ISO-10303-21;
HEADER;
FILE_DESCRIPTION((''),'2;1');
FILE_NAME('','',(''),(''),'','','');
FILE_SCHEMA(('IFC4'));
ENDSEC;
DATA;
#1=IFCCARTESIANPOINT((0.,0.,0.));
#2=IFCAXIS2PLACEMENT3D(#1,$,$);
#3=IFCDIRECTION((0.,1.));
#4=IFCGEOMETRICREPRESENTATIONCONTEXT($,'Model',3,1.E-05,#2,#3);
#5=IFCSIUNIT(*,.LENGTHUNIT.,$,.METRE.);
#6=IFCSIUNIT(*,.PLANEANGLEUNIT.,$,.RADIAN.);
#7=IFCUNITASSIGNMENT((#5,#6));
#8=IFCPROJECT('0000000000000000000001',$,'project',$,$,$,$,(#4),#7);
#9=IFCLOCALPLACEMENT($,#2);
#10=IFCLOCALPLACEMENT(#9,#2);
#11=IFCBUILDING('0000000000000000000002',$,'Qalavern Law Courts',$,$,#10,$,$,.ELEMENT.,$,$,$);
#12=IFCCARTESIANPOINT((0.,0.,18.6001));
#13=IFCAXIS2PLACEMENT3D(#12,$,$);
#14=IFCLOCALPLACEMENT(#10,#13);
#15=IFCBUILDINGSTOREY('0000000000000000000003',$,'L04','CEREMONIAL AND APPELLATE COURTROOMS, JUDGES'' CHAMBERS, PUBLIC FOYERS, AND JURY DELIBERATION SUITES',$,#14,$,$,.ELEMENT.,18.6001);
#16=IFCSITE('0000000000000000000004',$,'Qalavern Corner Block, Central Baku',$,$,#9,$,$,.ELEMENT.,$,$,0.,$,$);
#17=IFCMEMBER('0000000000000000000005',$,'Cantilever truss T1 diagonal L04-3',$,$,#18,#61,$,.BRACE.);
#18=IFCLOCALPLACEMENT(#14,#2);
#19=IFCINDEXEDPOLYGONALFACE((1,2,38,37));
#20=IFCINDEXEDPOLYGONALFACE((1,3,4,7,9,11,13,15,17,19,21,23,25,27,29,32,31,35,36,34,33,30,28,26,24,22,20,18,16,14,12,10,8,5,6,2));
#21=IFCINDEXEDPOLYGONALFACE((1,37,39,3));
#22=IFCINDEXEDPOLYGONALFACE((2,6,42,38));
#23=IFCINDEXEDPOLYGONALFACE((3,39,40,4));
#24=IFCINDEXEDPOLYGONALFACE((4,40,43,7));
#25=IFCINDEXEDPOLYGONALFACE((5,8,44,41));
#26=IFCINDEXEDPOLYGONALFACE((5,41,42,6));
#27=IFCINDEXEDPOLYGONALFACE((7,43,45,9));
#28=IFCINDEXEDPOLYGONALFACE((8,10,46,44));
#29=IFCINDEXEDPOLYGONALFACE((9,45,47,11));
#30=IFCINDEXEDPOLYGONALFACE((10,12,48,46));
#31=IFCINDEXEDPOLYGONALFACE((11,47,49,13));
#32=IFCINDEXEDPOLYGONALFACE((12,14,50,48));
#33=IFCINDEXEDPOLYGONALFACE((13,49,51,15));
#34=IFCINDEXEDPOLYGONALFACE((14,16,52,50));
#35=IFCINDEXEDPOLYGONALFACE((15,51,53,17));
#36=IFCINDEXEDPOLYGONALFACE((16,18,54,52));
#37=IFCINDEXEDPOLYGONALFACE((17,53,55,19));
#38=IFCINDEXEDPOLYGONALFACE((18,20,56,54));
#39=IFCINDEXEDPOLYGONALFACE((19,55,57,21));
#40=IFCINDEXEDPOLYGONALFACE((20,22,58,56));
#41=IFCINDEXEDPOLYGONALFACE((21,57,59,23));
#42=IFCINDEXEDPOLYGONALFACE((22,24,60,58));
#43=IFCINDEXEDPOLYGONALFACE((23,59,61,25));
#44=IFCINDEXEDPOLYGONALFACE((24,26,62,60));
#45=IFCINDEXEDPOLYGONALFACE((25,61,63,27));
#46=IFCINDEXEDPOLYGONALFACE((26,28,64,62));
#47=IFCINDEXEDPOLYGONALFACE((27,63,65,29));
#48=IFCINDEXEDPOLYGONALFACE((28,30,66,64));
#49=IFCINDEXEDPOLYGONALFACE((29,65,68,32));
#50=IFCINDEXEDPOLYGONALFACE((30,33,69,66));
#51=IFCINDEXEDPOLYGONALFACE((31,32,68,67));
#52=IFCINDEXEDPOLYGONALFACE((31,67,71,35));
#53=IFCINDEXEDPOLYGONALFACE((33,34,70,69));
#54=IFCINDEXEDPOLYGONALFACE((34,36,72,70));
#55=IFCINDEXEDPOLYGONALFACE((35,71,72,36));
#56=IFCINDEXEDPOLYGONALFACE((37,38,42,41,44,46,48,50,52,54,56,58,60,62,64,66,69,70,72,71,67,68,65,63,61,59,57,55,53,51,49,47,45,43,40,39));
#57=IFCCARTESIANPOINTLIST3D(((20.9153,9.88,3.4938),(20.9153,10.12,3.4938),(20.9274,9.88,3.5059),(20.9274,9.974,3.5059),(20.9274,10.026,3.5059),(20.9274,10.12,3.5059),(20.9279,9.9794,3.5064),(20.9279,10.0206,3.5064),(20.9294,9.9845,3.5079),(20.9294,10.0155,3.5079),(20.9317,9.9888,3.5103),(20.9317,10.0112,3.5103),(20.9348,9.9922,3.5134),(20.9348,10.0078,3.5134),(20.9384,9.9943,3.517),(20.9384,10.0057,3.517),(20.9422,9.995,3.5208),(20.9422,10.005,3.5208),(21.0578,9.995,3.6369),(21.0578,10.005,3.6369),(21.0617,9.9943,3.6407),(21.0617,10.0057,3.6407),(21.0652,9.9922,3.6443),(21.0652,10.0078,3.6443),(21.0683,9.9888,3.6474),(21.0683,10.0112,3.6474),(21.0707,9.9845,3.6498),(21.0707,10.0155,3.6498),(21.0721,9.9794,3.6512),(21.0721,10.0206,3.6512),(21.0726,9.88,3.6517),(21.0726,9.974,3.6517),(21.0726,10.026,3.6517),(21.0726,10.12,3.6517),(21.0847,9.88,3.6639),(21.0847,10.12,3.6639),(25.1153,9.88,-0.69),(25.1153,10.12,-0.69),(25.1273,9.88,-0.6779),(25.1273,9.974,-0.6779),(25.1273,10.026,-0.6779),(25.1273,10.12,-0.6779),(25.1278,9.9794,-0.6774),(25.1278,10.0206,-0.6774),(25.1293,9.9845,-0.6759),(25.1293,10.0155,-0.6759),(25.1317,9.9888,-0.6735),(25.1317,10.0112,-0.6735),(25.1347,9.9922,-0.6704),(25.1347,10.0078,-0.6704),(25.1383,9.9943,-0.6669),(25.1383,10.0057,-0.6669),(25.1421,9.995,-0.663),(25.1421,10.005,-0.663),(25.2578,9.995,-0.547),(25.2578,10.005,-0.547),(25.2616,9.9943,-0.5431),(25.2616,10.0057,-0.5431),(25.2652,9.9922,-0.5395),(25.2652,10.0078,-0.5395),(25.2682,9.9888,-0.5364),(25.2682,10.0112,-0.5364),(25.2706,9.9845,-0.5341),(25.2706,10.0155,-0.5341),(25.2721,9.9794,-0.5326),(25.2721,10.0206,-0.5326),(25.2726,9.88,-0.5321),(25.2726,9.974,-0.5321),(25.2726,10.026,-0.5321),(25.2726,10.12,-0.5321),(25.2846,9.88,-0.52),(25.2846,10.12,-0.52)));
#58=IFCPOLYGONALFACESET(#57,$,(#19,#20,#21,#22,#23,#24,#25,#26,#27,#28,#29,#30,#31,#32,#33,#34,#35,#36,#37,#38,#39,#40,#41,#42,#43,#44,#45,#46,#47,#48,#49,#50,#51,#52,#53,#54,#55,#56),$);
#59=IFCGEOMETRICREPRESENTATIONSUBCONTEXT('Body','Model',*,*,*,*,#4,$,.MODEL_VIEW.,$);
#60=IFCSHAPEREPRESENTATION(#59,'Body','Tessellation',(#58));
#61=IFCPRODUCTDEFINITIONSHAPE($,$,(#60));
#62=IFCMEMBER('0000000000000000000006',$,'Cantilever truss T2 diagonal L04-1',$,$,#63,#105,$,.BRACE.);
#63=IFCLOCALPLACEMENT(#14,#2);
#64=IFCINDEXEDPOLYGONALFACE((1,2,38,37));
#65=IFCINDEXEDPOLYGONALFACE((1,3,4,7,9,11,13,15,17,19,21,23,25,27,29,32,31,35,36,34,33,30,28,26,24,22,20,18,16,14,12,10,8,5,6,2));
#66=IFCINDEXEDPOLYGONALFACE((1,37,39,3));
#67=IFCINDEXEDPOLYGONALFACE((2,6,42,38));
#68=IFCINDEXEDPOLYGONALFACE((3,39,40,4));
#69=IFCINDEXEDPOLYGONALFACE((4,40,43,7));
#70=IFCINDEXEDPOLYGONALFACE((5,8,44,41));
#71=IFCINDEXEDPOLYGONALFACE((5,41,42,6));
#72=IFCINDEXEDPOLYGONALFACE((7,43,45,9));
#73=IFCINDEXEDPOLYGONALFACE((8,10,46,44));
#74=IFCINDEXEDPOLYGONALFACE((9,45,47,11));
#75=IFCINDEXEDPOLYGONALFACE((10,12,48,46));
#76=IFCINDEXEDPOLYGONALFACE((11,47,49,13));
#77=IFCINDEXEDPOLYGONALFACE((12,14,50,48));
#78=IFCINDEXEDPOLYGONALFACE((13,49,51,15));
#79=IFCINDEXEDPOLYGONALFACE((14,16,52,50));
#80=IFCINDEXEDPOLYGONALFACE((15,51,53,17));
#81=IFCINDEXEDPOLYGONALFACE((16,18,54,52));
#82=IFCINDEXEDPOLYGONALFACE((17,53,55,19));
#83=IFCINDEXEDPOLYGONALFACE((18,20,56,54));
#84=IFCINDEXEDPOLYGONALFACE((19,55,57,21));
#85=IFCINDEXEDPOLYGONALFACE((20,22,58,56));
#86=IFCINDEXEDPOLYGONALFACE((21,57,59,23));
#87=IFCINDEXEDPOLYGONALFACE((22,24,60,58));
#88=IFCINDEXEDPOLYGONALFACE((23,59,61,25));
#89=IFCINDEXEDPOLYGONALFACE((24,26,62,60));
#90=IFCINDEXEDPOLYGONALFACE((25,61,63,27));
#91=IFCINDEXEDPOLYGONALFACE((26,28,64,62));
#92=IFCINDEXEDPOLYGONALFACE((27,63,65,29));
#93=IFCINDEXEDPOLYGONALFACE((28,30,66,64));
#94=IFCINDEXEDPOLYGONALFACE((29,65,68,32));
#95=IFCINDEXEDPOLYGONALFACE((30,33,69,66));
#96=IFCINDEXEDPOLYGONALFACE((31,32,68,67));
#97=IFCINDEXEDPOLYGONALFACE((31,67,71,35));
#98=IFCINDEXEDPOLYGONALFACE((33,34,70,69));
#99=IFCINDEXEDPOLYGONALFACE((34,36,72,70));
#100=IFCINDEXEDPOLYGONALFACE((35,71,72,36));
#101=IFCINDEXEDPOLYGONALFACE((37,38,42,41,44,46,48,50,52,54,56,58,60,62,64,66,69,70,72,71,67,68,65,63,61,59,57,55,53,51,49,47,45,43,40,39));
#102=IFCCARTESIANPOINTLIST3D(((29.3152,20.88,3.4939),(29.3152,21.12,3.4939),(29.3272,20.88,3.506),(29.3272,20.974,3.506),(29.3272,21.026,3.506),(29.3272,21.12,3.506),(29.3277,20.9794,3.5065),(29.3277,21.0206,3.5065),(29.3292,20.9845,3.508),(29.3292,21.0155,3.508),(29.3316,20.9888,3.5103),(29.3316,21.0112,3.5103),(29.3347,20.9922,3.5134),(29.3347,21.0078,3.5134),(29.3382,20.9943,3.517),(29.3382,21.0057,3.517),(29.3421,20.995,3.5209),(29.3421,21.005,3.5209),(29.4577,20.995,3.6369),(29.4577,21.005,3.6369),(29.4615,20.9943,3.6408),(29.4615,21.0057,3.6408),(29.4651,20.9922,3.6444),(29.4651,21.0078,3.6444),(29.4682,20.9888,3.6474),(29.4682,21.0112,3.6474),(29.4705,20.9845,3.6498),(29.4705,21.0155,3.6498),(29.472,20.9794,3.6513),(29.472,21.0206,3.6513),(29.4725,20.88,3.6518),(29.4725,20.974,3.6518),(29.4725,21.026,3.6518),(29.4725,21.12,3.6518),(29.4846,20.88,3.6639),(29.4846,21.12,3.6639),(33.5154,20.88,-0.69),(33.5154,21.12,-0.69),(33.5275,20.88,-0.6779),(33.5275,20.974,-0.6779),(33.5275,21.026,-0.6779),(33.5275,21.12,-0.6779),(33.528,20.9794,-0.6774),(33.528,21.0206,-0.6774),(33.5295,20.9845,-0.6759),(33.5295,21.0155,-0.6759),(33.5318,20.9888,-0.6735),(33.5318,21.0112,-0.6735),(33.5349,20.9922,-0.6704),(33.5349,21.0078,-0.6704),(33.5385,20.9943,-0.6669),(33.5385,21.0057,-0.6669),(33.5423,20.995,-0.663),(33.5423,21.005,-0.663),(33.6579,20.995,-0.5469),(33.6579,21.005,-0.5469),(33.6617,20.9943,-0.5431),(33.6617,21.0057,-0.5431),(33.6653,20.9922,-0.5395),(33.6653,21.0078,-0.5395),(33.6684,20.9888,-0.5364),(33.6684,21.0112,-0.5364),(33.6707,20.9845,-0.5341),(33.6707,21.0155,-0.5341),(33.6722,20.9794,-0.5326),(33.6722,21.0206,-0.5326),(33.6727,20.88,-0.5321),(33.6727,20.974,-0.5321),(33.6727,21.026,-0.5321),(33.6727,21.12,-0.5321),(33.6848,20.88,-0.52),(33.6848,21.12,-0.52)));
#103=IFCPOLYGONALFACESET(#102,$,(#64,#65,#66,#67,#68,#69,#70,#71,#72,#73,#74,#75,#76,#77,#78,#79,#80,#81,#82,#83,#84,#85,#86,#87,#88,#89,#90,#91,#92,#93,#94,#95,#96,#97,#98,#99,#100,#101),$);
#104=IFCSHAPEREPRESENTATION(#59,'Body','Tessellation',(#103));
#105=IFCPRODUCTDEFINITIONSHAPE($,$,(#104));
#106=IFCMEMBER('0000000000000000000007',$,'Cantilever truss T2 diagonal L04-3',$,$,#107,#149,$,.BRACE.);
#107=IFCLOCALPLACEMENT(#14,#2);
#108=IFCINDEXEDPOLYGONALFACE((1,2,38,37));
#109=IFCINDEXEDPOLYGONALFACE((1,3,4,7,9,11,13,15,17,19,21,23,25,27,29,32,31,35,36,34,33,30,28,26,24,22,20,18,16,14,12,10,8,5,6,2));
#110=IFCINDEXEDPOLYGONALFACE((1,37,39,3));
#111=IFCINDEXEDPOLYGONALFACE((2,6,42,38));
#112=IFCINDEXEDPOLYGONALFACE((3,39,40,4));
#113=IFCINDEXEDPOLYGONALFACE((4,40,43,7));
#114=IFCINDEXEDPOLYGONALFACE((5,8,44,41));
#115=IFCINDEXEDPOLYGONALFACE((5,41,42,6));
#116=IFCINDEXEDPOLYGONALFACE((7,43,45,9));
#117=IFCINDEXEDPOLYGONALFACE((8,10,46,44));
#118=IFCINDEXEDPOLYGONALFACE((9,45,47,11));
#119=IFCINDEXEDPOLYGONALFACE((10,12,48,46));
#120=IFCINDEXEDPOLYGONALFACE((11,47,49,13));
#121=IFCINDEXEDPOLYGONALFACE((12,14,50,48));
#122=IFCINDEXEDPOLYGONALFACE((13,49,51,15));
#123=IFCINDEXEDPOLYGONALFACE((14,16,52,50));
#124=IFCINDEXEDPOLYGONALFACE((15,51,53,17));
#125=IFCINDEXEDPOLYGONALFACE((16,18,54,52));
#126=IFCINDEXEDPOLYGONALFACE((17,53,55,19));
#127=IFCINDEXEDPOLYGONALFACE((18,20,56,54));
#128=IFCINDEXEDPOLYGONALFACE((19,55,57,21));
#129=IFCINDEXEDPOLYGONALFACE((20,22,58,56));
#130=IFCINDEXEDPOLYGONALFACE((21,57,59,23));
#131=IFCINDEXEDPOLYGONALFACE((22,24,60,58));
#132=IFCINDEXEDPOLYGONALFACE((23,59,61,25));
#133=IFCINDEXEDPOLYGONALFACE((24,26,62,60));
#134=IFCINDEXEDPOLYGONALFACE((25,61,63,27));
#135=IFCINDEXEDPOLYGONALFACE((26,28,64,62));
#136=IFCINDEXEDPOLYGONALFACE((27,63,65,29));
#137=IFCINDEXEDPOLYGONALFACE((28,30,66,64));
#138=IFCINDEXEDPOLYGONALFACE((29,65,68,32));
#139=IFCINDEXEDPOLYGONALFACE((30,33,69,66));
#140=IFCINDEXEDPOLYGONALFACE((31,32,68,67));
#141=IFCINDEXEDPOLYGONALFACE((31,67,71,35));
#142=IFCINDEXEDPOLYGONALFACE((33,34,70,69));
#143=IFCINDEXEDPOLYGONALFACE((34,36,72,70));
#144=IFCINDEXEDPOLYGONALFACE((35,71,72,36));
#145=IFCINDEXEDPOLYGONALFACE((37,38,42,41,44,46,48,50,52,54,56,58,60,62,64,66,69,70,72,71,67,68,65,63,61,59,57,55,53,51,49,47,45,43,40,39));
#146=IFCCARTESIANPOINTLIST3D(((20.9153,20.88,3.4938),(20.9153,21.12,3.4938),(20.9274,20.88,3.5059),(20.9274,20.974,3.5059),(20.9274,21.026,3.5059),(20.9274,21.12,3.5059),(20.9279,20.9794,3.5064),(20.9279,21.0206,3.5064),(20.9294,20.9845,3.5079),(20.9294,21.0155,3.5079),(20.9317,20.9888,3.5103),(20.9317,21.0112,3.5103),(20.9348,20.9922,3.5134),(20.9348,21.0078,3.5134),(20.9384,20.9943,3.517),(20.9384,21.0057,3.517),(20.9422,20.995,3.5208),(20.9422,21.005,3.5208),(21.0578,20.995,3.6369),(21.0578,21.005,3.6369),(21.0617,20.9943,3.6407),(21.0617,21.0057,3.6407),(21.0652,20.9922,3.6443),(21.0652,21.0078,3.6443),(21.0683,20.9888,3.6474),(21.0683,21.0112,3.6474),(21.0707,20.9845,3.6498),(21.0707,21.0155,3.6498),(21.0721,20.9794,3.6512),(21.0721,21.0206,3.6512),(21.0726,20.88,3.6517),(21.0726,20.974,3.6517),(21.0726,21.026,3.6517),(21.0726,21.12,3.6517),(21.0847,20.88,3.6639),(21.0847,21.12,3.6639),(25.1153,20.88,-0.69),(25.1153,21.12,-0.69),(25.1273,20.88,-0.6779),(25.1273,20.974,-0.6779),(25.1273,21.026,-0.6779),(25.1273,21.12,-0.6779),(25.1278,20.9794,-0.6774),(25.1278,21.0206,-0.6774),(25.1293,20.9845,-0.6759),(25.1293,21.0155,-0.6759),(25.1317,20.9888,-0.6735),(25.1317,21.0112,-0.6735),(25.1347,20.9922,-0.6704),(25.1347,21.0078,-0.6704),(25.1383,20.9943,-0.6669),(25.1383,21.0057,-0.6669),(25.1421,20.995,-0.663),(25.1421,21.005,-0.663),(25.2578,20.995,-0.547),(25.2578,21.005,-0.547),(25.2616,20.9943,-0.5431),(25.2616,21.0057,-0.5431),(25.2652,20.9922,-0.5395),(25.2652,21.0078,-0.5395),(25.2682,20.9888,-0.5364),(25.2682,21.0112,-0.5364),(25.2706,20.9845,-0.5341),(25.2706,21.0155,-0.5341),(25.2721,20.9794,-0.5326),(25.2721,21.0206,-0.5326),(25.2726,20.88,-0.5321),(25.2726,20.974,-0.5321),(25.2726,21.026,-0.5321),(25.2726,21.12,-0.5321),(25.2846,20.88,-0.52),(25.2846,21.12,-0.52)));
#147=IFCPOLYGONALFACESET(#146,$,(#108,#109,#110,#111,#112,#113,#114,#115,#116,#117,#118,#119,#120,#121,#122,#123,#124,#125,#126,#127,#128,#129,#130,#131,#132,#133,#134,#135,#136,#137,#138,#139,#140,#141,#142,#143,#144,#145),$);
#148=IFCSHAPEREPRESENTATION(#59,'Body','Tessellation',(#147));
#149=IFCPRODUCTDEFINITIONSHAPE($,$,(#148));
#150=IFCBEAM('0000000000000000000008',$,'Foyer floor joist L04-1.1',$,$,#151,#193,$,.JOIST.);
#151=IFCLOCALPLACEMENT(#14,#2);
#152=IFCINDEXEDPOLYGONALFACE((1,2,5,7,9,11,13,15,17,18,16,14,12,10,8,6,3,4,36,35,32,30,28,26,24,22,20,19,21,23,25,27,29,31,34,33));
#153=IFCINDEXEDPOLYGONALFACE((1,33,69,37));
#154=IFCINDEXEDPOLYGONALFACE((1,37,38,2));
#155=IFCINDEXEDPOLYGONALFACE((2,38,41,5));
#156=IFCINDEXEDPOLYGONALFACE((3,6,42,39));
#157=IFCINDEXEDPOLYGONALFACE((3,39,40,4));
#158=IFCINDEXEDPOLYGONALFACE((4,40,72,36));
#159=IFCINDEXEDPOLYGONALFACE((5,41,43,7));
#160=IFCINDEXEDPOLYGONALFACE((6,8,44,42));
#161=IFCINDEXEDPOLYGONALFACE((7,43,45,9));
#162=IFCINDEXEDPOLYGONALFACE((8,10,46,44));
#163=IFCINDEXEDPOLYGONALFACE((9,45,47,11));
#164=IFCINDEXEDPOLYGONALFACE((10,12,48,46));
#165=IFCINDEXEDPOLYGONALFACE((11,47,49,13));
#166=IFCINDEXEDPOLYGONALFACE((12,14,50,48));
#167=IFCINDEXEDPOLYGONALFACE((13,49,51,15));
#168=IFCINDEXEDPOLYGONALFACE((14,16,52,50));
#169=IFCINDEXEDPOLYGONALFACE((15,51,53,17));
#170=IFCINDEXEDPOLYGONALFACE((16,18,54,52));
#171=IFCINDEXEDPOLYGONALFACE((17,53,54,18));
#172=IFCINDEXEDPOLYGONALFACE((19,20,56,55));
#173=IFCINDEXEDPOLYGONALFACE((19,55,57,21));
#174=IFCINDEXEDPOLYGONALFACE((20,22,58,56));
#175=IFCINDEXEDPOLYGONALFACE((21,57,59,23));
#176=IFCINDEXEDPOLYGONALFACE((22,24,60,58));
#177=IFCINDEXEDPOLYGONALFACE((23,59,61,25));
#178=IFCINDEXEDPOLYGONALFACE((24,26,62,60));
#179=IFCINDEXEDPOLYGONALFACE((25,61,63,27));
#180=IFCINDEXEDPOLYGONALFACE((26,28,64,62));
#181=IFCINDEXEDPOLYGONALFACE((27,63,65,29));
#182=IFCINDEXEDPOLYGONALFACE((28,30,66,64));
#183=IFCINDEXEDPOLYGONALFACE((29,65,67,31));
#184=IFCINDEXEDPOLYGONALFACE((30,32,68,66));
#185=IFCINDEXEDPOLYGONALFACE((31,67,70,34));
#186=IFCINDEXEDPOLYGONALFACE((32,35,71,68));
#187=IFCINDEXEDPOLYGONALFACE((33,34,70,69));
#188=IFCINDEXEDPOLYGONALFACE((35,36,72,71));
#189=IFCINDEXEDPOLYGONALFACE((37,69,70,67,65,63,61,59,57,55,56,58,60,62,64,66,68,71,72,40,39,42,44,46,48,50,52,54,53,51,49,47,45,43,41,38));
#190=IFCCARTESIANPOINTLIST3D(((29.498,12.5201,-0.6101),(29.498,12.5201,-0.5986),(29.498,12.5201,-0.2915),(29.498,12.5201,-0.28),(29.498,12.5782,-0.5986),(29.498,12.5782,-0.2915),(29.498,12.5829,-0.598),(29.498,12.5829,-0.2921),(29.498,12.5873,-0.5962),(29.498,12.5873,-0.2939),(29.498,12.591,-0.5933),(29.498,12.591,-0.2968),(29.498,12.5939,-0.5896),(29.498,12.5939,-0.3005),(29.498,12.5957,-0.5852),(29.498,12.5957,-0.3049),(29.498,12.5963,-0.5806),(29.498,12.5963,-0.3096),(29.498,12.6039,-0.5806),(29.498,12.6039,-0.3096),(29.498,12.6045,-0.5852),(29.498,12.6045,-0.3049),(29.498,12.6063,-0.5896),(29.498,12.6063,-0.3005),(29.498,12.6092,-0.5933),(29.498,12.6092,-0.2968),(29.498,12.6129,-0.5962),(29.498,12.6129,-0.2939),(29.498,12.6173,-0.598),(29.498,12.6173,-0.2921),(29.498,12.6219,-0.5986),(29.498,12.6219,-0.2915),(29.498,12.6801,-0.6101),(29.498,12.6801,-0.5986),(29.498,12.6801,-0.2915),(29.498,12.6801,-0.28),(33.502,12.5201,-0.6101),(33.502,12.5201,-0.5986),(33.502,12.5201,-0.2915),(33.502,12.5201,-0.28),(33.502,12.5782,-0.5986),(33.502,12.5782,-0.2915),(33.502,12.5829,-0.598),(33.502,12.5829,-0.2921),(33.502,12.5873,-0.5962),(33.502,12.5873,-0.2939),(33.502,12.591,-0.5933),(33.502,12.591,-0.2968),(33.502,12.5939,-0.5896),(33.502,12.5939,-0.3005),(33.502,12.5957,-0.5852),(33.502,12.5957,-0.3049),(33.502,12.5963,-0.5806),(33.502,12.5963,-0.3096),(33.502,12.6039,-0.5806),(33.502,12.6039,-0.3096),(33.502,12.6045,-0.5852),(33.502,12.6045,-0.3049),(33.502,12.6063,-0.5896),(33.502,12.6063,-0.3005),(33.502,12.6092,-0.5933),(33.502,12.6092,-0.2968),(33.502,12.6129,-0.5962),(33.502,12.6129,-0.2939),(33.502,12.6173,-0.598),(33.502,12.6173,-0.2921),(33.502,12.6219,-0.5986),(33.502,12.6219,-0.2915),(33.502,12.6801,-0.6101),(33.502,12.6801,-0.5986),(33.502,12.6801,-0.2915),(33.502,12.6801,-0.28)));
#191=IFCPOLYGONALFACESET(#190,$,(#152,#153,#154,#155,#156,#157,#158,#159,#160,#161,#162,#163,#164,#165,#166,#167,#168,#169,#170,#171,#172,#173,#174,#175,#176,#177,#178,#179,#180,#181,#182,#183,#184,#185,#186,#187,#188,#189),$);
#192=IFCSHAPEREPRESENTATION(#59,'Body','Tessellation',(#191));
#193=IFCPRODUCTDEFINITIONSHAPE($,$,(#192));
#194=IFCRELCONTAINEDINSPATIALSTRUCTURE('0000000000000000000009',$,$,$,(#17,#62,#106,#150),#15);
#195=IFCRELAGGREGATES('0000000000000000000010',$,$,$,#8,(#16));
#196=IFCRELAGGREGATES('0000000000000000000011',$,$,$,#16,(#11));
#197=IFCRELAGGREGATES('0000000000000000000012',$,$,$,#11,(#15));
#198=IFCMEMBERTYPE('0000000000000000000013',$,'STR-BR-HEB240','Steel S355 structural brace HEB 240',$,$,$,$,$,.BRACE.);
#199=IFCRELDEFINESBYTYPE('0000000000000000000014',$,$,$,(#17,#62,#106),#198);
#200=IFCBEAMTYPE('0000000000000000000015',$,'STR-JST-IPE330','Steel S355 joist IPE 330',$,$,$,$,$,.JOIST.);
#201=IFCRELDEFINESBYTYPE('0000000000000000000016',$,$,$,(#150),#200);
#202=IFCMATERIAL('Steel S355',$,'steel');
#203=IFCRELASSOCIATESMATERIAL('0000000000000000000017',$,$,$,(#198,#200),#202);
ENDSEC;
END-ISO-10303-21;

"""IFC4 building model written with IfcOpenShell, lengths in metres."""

from ifc_helpers import new_model, si_unit, direction, frame, origin, origin_2d, place, context, subcontext, project, spatial, i_section, extrude, material, material_profile, profile_set, type_object, element, save


model = new_model("IFC4")

# Units and contexts
model_context = context("Model", 3, precision=1e-05, world=origin(), true_north=direction((0.0, 1.0)))
body_context = subcontext(model_context, "Body", "Model", "MODEL_VIEW")
ifc_project = project(units=[si_unit("LENGTHUNIT", "METRE"), si_unit("PLANEANGLEUNIT", "RADIAN")], contexts=[model_context])

# Site, building, storey
site_placement = place(None, origin())
site = spatial("IfcSite", under=ifc_project, at=site_placement, Name="Qalavern Corner Block, Central Baku", CompositionType="ELEMENT", RefElevation=0.0)
building_placement = place(site_placement, origin())
building = spatial("IfcBuilding", under=site, at=building_placement, Name="Qalavern Law Courts", CompositionType="ELEMENT")
storey_placement = place(building_placement, frame((0.0, 0.0, 18.6001)))
storey = spatial("IfcBuildingStorey", under=building, at=storey_placement, Name="L04", Description="CEREMONIAL AND APPELLATE COURTROOMS, JUDGES' CHAMBERS, PUBLIC FOYERS, AND JURY DELIBERATION SUITES", CompositionType="ELEMENT", Elevation=18.6001)

# Shared definitions
ifc_material_1 = material(Name="Steel S355", Category="steel")

# Members
ifc_material_profile_1 = material_profile(ifc_material_1, i_section(OverallWidth=0.24, OverallDepth=0.24, WebThickness=0.01, FlangeThickness=0.0171, FilletRadius=0.021, at=origin_2d()), Name="HEB 240")
ifc_profile_set_1 = profile_set([ifc_material_profile_1], Name="Steel S355")
member_type_1 = type_object("IfcMemberType", Name="STR-BR-HEB240", Description="Steel S355 structural brace HEB 240", PredefinedType="BRACE", material=ifc_profile_set_1)
member_1_placement = place(storey_placement, frame((25.2, 10.0, -0.605), z_axis=(-0.708465, 0.0, 0.705746), x_axis=(0.0, -1.0, 0.0)))
element("IfcMember", 1, at=member_1_placement, inside=storey, type_object=member_type_1, Name="Cantilever truss T1 diagonal L04-3", PredefinedType="BRACE", context=body_context, shape_type="SweptSolid", body=[
    extrude(i_section(OverallWidth=0.24, OverallDepth=0.24, WebThickness=0.01, FlangeThickness=0.0171, FilletRadius=0.021, at=origin_2d()), origin(), (0.0, 0.0, 1.0), 5.9282),
])
member_2_placement = place(storey_placement, frame((33.6001, 21.0, -0.605), z_axis=(-0.708485, 0.0, 0.705726), x_axis=(0.0, -1.0, 0.0)))
element("IfcMember", 2, at=member_2_placement, inside=storey, type_object=member_type_1, Name="Cantilever truss T2 diagonal L04-1", PredefinedType="BRACE", context=body_context, shape_type="SweptSolid", body=[
    extrude(i_section(OverallWidth=0.24, OverallDepth=0.24, WebThickness=0.01, FlangeThickness=0.0171, FilletRadius=0.021, at=origin_2d()), origin(), (0.0, 0.0, 1.0), 5.9285),
])
member_3_placement = place(storey_placement, frame((25.2, 21.0, -0.605), z_axis=(-0.708465, 0.0, 0.705746), x_axis=(0.0, -1.0, 0.0)))
element("IfcMember", 3, at=member_3_placement, inside=storey, type_object=member_type_1, Name="Cantilever truss T2 diagonal L04-3", PredefinedType="BRACE", context=body_context, shape_type="SweptSolid", body=[
    extrude(i_section(OverallWidth=0.24, OverallDepth=0.24, WebThickness=0.01, FlangeThickness=0.0171, FilletRadius=0.021, at=origin_2d()), origin(), (0.0, 0.0, 1.0), 5.9282),
])

# Beam
ifc_material_profile_2 = material_profile(ifc_material_1, i_section(OverallWidth=0.1599, OverallDepth=0.3301, WebThickness=0.0076, FlangeThickness=0.0115, FilletRadius=0.0181, at=origin_2d()), Name="IPE 330")
ifc_profile_set_2 = profile_set([ifc_material_profile_2], Name="Steel S355")
beam_type_1 = type_object("IfcBeamType", Name="STR-JST-IPE330", Description="Steel S355 joist IPE 330", PredefinedType="JOIST", material=ifc_profile_set_2)
for number, where, z_axis, x_axis, name in (
    (4, (29.498, 12.6001, -0.4451), (1.0, 0.0, 0.0), (0.0, 1.0, 0.0), "Foyer floor joist L04-1.1"),
):
    element("IfcBeam", number, at=place(storey_placement, frame(where, z_axis=z_axis, x_axis=x_axis)), inside=storey, type_object=beam_type_1, Name=name, PredefinedType="JOIST", context=body_context, shape_type="SweptSolid", body=[
        extrude(i_section(OverallWidth=0.1599, OverallDepth=0.3301, WebThickness=0.0076, FlangeThickness=0.0115, FilletRadius=0.0181, at=origin_2d()), origin(), (0.0, 0.0, 1.0), 4.0039),
    ])

save(model, "model.ifc")
